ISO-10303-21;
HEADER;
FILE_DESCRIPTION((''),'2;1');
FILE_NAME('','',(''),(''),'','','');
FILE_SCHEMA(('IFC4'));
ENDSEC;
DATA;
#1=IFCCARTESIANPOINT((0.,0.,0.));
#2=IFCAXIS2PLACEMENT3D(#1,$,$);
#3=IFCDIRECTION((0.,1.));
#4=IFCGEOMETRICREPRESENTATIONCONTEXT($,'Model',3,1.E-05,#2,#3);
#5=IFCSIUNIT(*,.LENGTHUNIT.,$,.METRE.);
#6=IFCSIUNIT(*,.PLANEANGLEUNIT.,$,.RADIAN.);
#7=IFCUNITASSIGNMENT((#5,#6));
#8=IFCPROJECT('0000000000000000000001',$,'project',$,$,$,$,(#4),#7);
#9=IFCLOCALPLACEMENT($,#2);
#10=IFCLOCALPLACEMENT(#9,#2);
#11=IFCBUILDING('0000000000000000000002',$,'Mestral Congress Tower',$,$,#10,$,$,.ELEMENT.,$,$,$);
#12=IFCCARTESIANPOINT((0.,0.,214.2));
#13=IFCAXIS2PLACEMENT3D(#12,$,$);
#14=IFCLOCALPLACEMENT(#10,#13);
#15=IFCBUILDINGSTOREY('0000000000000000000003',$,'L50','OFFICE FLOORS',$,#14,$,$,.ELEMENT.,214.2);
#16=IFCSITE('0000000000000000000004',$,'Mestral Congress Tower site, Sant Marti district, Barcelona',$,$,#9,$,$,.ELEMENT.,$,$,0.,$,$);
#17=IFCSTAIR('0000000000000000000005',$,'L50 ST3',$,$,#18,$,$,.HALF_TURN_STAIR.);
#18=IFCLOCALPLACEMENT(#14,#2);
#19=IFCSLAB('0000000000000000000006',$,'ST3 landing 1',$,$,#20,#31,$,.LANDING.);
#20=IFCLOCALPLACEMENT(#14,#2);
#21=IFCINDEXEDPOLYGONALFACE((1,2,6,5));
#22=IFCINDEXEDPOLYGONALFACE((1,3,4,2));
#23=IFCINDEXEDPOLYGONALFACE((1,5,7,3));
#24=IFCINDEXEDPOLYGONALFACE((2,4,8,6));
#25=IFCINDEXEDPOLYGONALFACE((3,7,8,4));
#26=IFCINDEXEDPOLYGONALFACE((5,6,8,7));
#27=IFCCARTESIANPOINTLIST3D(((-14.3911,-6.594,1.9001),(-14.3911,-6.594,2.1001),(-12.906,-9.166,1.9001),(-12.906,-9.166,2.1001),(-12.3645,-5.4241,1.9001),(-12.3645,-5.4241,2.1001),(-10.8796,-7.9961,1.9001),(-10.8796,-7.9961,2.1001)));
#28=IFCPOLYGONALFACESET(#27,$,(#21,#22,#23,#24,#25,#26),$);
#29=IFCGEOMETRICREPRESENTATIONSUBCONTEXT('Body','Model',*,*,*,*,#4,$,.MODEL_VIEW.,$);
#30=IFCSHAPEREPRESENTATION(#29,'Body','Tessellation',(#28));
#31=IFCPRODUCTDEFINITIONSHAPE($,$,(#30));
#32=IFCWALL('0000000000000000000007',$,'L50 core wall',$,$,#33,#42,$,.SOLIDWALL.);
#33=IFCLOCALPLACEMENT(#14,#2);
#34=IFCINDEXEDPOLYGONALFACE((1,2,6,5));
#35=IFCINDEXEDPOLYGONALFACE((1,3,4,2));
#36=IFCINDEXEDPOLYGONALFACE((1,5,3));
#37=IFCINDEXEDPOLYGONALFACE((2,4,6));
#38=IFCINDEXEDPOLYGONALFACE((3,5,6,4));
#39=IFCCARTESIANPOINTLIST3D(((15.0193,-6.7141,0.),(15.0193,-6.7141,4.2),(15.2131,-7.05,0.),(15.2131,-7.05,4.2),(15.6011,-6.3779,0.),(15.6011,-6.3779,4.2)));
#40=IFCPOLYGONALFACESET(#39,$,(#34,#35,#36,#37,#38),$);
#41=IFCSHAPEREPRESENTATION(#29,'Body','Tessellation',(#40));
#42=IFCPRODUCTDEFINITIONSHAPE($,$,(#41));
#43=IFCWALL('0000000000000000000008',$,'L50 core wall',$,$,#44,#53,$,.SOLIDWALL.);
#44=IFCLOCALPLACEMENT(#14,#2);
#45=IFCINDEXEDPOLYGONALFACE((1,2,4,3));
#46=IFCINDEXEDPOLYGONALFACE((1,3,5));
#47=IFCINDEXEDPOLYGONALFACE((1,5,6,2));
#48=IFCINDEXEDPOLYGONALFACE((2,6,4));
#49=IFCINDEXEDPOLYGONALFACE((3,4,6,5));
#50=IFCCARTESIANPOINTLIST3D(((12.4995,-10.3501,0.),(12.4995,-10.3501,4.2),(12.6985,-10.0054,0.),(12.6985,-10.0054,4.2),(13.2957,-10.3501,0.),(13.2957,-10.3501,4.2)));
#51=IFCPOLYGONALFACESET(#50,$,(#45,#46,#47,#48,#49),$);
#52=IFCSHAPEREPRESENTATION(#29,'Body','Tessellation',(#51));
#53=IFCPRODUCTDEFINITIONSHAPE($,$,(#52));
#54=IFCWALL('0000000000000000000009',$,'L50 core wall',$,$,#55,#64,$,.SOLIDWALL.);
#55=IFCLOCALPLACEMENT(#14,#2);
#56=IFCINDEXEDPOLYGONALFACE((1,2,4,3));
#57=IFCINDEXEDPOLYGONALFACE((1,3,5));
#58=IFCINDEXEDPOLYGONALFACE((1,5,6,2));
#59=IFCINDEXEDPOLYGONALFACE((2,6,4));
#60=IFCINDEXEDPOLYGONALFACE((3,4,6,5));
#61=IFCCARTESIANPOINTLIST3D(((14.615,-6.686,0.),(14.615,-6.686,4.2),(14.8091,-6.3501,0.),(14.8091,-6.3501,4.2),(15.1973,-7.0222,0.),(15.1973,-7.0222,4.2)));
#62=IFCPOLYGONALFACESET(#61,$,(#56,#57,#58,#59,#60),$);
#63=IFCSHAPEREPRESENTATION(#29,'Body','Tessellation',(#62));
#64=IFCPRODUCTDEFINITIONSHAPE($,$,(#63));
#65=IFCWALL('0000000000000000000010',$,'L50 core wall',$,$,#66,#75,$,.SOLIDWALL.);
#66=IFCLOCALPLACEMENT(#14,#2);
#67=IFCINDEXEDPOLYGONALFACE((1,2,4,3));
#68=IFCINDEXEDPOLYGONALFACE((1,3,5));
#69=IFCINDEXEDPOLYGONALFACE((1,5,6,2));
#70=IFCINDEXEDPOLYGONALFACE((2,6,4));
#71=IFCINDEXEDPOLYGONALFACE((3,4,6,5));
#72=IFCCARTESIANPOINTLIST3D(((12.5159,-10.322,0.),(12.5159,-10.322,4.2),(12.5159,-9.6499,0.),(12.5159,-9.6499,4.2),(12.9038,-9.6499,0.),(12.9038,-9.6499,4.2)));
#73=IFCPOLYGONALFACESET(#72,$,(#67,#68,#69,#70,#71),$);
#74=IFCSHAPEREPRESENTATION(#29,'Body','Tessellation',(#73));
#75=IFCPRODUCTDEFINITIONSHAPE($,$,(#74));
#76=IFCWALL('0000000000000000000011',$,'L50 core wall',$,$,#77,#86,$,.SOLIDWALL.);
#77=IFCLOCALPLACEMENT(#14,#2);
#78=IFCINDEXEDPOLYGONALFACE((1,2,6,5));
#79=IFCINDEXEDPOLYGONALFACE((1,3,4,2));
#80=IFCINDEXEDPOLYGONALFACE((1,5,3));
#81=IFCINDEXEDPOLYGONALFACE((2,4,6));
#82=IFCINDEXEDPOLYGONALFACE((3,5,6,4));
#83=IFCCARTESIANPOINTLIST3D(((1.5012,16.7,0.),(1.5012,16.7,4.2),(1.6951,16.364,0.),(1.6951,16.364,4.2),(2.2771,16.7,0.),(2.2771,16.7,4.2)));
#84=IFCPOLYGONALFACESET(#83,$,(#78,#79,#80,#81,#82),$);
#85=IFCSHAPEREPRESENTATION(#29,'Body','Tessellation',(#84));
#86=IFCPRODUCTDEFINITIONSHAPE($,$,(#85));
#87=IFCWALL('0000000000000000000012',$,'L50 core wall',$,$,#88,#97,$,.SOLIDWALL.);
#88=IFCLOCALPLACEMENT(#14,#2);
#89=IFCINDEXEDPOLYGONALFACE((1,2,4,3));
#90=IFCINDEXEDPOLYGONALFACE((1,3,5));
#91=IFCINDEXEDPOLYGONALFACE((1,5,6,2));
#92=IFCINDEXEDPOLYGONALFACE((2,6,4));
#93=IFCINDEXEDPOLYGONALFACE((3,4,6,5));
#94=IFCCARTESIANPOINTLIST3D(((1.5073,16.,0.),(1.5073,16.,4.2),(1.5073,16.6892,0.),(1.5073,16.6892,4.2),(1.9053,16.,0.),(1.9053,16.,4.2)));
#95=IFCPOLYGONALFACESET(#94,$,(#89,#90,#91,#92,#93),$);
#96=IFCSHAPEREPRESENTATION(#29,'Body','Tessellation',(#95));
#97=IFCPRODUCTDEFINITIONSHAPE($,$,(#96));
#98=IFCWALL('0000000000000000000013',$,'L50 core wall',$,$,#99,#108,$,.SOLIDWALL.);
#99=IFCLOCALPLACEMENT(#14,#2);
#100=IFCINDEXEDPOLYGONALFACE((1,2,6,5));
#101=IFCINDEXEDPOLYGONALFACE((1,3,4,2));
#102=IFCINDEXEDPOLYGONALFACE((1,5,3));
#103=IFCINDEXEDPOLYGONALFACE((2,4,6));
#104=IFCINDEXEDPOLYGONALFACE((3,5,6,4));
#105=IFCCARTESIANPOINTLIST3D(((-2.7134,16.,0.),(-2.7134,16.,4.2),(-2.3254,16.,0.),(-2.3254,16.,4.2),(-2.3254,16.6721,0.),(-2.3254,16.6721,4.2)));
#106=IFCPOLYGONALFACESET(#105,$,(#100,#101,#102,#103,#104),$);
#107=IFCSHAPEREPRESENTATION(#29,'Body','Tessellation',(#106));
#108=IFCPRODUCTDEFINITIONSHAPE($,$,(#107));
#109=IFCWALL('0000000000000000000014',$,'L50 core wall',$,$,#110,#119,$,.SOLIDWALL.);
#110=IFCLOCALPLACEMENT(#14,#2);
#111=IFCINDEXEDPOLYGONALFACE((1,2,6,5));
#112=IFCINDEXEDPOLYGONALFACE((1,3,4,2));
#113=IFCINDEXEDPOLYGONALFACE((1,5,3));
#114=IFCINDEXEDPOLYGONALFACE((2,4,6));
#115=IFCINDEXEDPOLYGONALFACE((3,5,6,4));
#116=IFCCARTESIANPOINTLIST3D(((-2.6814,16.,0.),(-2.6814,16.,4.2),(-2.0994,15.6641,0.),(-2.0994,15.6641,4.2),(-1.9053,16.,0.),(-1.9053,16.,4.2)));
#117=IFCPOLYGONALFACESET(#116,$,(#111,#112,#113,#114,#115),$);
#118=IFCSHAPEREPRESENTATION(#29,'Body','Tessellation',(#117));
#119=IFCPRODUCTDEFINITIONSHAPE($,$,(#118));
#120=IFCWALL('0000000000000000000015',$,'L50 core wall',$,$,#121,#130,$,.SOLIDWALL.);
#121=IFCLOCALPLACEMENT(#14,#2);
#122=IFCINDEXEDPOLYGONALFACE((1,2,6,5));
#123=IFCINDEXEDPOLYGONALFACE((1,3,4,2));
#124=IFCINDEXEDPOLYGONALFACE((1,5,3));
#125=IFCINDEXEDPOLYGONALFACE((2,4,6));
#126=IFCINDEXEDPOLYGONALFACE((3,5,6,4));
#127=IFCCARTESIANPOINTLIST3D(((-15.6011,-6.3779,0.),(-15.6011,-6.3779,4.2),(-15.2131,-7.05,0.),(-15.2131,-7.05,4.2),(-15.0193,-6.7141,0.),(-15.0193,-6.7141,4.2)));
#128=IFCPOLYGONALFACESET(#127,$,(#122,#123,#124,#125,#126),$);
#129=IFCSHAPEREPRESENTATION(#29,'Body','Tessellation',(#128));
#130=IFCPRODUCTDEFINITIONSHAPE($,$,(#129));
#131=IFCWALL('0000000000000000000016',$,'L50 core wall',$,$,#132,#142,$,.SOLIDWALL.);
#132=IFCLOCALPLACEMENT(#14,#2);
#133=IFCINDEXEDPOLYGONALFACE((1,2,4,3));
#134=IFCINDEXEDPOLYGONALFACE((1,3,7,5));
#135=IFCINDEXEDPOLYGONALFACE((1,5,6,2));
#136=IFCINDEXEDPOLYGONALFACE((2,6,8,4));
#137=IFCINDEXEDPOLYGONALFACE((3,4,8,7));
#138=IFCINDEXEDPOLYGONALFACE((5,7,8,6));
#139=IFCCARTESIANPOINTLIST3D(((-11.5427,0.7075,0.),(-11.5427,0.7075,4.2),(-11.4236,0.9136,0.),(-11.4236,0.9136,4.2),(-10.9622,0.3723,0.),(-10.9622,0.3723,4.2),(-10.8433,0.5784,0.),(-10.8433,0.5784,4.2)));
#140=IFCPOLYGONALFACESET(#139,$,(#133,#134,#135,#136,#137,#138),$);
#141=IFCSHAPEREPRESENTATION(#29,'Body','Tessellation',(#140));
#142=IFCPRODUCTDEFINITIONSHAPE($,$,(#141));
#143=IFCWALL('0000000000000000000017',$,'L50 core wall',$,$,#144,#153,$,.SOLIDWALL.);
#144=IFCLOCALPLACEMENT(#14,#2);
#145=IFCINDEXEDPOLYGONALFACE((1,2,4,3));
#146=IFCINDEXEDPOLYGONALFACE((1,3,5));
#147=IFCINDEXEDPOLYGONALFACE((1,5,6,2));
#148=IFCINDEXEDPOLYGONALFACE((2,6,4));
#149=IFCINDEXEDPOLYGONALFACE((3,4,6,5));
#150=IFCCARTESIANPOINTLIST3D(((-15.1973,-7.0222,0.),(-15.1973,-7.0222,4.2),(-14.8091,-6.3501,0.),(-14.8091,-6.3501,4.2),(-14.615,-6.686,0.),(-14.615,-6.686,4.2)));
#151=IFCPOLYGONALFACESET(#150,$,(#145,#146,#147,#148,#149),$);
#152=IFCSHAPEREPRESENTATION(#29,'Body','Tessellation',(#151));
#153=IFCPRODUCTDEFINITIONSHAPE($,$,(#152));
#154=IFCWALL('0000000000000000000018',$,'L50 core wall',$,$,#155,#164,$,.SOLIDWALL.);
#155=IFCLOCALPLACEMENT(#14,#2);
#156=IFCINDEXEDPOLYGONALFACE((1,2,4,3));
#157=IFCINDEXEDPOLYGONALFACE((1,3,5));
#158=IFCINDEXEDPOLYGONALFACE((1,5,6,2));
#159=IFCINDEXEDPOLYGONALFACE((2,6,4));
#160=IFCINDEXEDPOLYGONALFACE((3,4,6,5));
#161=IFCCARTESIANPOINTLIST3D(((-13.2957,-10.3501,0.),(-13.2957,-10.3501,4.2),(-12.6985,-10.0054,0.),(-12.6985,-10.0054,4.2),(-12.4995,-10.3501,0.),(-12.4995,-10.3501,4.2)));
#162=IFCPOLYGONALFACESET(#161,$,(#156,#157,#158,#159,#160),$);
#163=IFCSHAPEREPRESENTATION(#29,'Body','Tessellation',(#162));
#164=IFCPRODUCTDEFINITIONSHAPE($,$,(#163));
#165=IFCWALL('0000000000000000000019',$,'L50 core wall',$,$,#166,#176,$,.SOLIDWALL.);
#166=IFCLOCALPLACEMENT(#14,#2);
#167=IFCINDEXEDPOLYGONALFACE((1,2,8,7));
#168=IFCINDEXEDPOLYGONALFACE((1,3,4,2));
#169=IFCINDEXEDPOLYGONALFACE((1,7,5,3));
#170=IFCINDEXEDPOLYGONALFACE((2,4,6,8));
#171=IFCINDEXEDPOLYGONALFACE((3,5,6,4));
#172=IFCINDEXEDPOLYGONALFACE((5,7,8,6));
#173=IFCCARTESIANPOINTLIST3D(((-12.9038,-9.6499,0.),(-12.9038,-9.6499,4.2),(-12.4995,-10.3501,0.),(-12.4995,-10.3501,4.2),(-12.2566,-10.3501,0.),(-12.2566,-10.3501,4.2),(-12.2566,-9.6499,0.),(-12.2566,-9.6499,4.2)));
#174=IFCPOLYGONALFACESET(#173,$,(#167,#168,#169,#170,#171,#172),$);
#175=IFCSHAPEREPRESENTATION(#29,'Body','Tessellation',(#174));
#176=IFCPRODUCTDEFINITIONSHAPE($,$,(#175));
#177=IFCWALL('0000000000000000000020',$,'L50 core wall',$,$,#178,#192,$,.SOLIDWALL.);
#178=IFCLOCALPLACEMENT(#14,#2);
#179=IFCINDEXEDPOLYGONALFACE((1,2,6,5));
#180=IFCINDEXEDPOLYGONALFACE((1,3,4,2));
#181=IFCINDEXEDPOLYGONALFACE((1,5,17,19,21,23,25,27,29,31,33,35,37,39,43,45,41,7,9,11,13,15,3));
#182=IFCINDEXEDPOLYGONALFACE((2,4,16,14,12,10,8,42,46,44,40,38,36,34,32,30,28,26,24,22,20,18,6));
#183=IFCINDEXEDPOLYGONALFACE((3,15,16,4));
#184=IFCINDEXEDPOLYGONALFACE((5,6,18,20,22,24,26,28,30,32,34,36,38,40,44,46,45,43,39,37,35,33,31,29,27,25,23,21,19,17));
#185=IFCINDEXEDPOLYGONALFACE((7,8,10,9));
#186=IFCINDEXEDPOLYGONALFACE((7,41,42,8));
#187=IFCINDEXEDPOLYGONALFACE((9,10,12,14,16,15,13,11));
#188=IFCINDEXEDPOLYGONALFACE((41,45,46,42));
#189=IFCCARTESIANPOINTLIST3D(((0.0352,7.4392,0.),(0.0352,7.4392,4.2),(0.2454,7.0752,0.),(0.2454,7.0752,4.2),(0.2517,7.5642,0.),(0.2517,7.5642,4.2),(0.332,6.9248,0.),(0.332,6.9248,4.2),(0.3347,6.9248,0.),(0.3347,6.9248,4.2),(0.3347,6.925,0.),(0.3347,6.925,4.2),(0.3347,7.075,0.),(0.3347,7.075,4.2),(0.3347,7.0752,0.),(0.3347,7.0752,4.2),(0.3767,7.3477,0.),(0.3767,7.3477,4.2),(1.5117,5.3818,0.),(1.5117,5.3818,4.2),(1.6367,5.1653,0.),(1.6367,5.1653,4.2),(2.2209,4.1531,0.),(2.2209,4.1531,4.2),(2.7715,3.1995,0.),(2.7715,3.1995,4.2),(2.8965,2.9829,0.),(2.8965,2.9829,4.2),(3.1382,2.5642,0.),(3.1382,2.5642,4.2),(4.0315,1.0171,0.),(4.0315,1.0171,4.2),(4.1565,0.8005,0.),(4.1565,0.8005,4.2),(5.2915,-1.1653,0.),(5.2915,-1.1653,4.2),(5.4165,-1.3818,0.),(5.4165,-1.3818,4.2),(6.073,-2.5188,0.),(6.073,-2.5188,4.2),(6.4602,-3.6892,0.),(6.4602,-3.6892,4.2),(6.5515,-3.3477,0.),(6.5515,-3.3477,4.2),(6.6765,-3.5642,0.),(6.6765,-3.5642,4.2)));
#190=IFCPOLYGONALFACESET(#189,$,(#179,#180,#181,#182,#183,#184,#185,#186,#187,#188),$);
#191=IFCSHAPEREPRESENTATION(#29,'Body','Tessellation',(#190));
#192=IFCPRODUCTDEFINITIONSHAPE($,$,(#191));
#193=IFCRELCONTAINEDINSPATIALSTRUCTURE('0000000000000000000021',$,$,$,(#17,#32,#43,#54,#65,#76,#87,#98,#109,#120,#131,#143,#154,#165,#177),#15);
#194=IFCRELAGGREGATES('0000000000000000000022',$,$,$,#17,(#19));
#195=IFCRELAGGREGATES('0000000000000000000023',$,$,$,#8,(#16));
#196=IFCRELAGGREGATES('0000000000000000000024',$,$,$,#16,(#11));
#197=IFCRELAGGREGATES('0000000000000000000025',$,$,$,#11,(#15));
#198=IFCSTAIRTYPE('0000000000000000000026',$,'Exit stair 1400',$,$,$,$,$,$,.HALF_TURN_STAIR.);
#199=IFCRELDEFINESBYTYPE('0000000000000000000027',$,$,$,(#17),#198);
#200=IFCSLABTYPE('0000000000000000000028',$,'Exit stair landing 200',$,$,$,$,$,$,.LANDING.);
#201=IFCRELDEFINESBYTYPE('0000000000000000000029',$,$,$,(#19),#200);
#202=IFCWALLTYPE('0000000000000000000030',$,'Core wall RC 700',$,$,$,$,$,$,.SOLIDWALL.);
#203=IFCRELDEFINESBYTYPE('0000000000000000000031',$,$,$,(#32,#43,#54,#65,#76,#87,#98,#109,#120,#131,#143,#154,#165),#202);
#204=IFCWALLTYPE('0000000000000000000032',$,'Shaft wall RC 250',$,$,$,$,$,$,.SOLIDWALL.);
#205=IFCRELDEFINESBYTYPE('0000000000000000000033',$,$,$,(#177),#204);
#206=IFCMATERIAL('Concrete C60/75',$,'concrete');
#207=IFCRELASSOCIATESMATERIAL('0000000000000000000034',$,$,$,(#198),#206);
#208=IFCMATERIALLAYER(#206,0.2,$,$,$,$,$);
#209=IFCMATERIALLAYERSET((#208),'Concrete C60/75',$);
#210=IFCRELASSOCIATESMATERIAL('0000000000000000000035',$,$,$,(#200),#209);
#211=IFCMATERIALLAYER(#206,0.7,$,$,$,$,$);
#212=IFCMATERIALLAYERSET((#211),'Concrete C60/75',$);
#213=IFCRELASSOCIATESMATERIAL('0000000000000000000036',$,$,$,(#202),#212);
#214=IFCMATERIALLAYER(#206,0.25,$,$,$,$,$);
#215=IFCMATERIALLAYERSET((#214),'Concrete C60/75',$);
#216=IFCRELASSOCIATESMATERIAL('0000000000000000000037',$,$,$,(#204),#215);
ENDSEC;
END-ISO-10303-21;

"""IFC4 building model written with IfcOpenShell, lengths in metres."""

from ifc_helpers import new_model, si_unit, direction, frame, origin, place, context, subcontext, project, spatial, polyline, outline, extrude, material, layer, layer_set, type_object, element, aggregate, save


model = new_model("IFC4")

# Units and contexts
model_context = context("Model", 3, precision=1e-05, world=origin(), true_north=direction((0.0, 1.0)))
body_context = subcontext(model_context, "Body", "Model", "MODEL_VIEW")
ifc_project = project(units=[si_unit("LENGTHUNIT", "METRE"), si_unit("PLANEANGLEUNIT", "RADIAN")], contexts=[model_context])

# Site, building, storey
site_placement = place(None, origin())
site = spatial("IfcSite", under=ifc_project, at=site_placement, Name="Mestral Congress Tower site, Sant Marti district, Barcelona", CompositionType="ELEMENT", RefElevation=0.0)
building_placement = place(site_placement, origin())
building = spatial("IfcBuilding", under=site, at=building_placement, Name="Mestral Congress Tower", CompositionType="ELEMENT")
storey_placement = place(building_placement, frame((0.0, 0.0, 214.2)))
storey = spatial("IfcBuildingStorey", under=building, at=storey_placement, Name="L50", Description="OFFICE FLOORS", CompositionType="ELEMENT", Elevation=214.2)

# Shared definitions
ifc_material_1 = material(Name="Concrete C60/75", Category="concrete")

# Stair, slab
stair_type = type_object("IfcStairType", Name="Exit stair 1400", PredefinedType="HALF_TURN_STAIR", material=ifc_material_1)
placement_1 = place(storey_placement, origin())
ifc_layer_1 = layer(ifc_material_1, 0.2)
ifc_layer_set_1 = layer_set([ifc_layer_1], Name="Concrete C60/75")
slab_type_1 = type_object("IfcSlabType", Name="Exit stair landing 200", PredefinedType="LANDING", material=ifc_layer_set_1)
placement_2 = place(storey_placement, frame((0.0, 0.0, 1.9001)))
stair_1 = element("IfcStair", 1, at=placement_1, inside=storey, type_object=stair_type, Name="L50 ST3", PredefinedType="HALF_TURN_STAIR")
slab_1 = element("IfcSlab", 2, at=placement_2, type_object=slab_type_1, Name="ST3 landing 1", PredefinedType="LANDING", context=body_context, shape_type="SweptSolid", body=[
    extrude(outline(polyline([(-12.3645, -5.4241), (-10.8796, -7.9961), (-12.906, -9.166), (-14.3911, -6.594), (-12.3645, -5.4241)])), origin(), (0.0, 0.0, 1.0), 0.2),
])
aggregate(stair_1, [slab_1])

# Walls
ifc_layer_2 = layer(ifc_material_1, 0.7)
ifc_layer_set_2 = layer_set([ifc_layer_2], Name="Concrete C60/75")
wall_type_1 = type_object("IfcWallType", Name="Core wall RC 700", PredefinedType="SOLIDWALL", material=ifc_layer_set_2)
element("IfcWall", 3, at=placement_1, inside=storey, type_object=wall_type_1, Name="L50 core wall", PredefinedType="SOLIDWALL", context=body_context, shape_type="SweptSolid", body=[
    extrude(outline(polyline([(15.2131, -7.05), (15.0193, -6.7141), (15.6011, -6.3779), (15.2131, -7.05)])), origin(), (0.0, 0.0, 1.0), 4.2),
])
element("IfcWall", 4, at=placement_1, inside=storey, type_object=wall_type_1, Name="L50 core wall", PredefinedType="SOLIDWALL", context=body_context, shape_type="SweptSolid", body=[
    extrude(outline(polyline([(12.6985, -10.0054), (13.2957, -10.3501), (12.4995, -10.3501), (12.6985, -10.0054)])), origin(), (0.0, 0.0, 1.0), 4.2),
])
element("IfcWall", 5, at=placement_1, inside=storey, type_object=wall_type_1, Name="L50 core wall", PredefinedType="SOLIDWALL", context=body_context, shape_type="SweptSolid", body=[
    extrude(outline(polyline([(14.8091, -6.3501), (15.1973, -7.0222), (14.615, -6.686), (14.8091, -6.3501)])), origin(), (0.0, 0.0, 1.0), 4.2),
])
element("IfcWall", 6, at=placement_1, inside=storey, type_object=wall_type_1, Name="L50 core wall", PredefinedType="SOLIDWALL", context=body_context, shape_type="SweptSolid", body=[
    extrude(outline(polyline([(12.9038, -9.6499), (12.5159, -10.322), (12.5159, -9.6499), (12.9038, -9.6499)])), origin(), (0.0, 0.0, 1.0), 4.2),
])
element("IfcWall", 7, at=placement_1, inside=storey, type_object=wall_type_1, Name="L50 core wall", PredefinedType="SOLIDWALL", context=body_context, shape_type="SweptSolid", body=[
    extrude(outline(polyline([(1.5012, 16.7), (2.2771, 16.7), (1.6951, 16.364), (1.5012, 16.7)])), origin(), (0.0, 0.0, 1.0), 4.2),
])
element("IfcWall", 8, at=placement_1, inside=storey, type_object=wall_type_1, Name="L50 core wall", PredefinedType="SOLIDWALL", context=body_context, shape_type="SweptSolid", body=[
    extrude(outline(polyline([(1.9053, 16.0), (1.5073, 16.0), (1.5073, 16.6892), (1.9053, 16.0)])), origin(), (0.0, 0.0, 1.0), 4.2),
])
element("IfcWall", 9, at=placement_1, inside=storey, type_object=wall_type_1, Name="L50 core wall", PredefinedType="SOLIDWALL", context=body_context, shape_type="SweptSolid", body=[
    extrude(outline(polyline([(-2.7134, 16.0), (-2.3254, 16.6721), (-2.3254, 16.0), (-2.7134, 16.0)])), origin(), (0.0, 0.0, 1.0), 4.2),
])
element("IfcWall", 10, at=placement_1, inside=storey, type_object=wall_type_1, Name="L50 core wall", PredefinedType="SOLIDWALL", context=body_context, shape_type="SweptSolid", body=[
    extrude(outline(polyline([(-1.9053, 16.0), (-2.0994, 15.6641), (-2.6814, 16.0), (-1.9053, 16.0)])), origin(), (0.0, 0.0, 1.0), 4.2),
])
element("IfcWall", 11, at=placement_1, inside=storey, type_object=wall_type_1, Name="L50 core wall", PredefinedType="SOLIDWALL", context=body_context, shape_type="SweptSolid", body=[
    extrude(outline(polyline([(-15.2131, -7.05), (-15.6011, -6.3779), (-15.0193, -6.7141), (-15.2131, -7.05)])), origin(), (0.0, 0.0, 1.0), 4.2),
])
element("IfcWall", 12, at=placement_1, inside=storey, type_object=wall_type_1, Name="L50 core wall", PredefinedType="SOLIDWALL", context=body_context, shape_type="SweptSolid", body=[
    extrude(outline(polyline([(-11.5427, 0.7075), (-11.4236, 0.9136), (-10.8433, 0.5784), (-10.9622, 0.3723), (-11.5427, 0.7075)])), origin(), (0.0, 0.0, 1.0), 4.2),
])
element("IfcWall", 13, at=placement_1, inside=storey, type_object=wall_type_1, Name="L50 core wall", PredefinedType="SOLIDWALL", context=body_context, shape_type="SweptSolid", body=[
    extrude(outline(polyline([(-14.8091, -6.3501), (-14.615, -6.686), (-15.1973, -7.0222), (-14.8091, -6.3501)])), origin(), (0.0, 0.0, 1.0), 4.2),
])
element("IfcWall", 14, at=placement_1, inside=storey, type_object=wall_type_1, Name="L50 core wall", PredefinedType="SOLIDWALL", context=body_context, shape_type="SweptSolid", body=[
    extrude(outline(polyline([(-12.4995, -10.3501), (-13.2957, -10.3501), (-12.6985, -10.0054), (-12.4995, -10.3501)])), origin(), (0.0, 0.0, 1.0), 4.2),
])
element("IfcWall", 15, at=placement_1, inside=storey, type_object=wall_type_1, Name="L50 core wall", PredefinedType="SOLIDWALL", context=body_context, shape_type="SweptSolid", body=[
    extrude(outline(polyline([(-12.2566, -10.3501), (-12.4995, -10.3501), (-12.9038, -9.6499), (-12.2566, -9.6499), (-12.2566, -10.3501)])), origin(), (0.0, 0.0, 1.0), 4.2),
])
ifc_layer_3 = layer(ifc_material_1, 0.25)
ifc_layer_set_3 = layer_set([ifc_layer_3], Name="Concrete C60/75")
wall_type_2 = type_object("IfcWallType", Name="Shaft wall RC 250", PredefinedType="SOLIDWALL", material=ifc_layer_set_3)
element("IfcWall", 16, at=placement_1, inside=storey, type_object=wall_type_2, Name="L50 core wall", PredefinedType="SOLIDWALL", context=body_context, shape_type="SweptSolid", body=[
    extrude(outline(polyline([(0.332, 6.9248), (0.3347, 6.9248), (0.3347, 6.925), (0.3347, 6.925), (0.3347, 7.075), (0.3347, 7.075), (0.3347, 7.0752), (0.2454, 7.0752), (0.0352, 7.4392), (0.2517, 7.5642), (0.3767, 7.3477), (1.5117, 5.3818), (1.6367, 5.1653), (2.2209, 4.1531), (2.7715, 3.1995), (2.8965, 2.9829), (3.1382, 2.5642), (4.0315, 1.0171), (4.1565, 0.8005), (5.2915, -1.1653), (5.4165, -1.3818), (6.073, -2.5188), (6.5515, -3.3477), (6.6765, -3.5642), (6.4602, -3.6892), (0.332, 6.9248)])), origin(), (0.0, 0.0, 1.0), 4.2),
])

save(model, "model.ifc")
